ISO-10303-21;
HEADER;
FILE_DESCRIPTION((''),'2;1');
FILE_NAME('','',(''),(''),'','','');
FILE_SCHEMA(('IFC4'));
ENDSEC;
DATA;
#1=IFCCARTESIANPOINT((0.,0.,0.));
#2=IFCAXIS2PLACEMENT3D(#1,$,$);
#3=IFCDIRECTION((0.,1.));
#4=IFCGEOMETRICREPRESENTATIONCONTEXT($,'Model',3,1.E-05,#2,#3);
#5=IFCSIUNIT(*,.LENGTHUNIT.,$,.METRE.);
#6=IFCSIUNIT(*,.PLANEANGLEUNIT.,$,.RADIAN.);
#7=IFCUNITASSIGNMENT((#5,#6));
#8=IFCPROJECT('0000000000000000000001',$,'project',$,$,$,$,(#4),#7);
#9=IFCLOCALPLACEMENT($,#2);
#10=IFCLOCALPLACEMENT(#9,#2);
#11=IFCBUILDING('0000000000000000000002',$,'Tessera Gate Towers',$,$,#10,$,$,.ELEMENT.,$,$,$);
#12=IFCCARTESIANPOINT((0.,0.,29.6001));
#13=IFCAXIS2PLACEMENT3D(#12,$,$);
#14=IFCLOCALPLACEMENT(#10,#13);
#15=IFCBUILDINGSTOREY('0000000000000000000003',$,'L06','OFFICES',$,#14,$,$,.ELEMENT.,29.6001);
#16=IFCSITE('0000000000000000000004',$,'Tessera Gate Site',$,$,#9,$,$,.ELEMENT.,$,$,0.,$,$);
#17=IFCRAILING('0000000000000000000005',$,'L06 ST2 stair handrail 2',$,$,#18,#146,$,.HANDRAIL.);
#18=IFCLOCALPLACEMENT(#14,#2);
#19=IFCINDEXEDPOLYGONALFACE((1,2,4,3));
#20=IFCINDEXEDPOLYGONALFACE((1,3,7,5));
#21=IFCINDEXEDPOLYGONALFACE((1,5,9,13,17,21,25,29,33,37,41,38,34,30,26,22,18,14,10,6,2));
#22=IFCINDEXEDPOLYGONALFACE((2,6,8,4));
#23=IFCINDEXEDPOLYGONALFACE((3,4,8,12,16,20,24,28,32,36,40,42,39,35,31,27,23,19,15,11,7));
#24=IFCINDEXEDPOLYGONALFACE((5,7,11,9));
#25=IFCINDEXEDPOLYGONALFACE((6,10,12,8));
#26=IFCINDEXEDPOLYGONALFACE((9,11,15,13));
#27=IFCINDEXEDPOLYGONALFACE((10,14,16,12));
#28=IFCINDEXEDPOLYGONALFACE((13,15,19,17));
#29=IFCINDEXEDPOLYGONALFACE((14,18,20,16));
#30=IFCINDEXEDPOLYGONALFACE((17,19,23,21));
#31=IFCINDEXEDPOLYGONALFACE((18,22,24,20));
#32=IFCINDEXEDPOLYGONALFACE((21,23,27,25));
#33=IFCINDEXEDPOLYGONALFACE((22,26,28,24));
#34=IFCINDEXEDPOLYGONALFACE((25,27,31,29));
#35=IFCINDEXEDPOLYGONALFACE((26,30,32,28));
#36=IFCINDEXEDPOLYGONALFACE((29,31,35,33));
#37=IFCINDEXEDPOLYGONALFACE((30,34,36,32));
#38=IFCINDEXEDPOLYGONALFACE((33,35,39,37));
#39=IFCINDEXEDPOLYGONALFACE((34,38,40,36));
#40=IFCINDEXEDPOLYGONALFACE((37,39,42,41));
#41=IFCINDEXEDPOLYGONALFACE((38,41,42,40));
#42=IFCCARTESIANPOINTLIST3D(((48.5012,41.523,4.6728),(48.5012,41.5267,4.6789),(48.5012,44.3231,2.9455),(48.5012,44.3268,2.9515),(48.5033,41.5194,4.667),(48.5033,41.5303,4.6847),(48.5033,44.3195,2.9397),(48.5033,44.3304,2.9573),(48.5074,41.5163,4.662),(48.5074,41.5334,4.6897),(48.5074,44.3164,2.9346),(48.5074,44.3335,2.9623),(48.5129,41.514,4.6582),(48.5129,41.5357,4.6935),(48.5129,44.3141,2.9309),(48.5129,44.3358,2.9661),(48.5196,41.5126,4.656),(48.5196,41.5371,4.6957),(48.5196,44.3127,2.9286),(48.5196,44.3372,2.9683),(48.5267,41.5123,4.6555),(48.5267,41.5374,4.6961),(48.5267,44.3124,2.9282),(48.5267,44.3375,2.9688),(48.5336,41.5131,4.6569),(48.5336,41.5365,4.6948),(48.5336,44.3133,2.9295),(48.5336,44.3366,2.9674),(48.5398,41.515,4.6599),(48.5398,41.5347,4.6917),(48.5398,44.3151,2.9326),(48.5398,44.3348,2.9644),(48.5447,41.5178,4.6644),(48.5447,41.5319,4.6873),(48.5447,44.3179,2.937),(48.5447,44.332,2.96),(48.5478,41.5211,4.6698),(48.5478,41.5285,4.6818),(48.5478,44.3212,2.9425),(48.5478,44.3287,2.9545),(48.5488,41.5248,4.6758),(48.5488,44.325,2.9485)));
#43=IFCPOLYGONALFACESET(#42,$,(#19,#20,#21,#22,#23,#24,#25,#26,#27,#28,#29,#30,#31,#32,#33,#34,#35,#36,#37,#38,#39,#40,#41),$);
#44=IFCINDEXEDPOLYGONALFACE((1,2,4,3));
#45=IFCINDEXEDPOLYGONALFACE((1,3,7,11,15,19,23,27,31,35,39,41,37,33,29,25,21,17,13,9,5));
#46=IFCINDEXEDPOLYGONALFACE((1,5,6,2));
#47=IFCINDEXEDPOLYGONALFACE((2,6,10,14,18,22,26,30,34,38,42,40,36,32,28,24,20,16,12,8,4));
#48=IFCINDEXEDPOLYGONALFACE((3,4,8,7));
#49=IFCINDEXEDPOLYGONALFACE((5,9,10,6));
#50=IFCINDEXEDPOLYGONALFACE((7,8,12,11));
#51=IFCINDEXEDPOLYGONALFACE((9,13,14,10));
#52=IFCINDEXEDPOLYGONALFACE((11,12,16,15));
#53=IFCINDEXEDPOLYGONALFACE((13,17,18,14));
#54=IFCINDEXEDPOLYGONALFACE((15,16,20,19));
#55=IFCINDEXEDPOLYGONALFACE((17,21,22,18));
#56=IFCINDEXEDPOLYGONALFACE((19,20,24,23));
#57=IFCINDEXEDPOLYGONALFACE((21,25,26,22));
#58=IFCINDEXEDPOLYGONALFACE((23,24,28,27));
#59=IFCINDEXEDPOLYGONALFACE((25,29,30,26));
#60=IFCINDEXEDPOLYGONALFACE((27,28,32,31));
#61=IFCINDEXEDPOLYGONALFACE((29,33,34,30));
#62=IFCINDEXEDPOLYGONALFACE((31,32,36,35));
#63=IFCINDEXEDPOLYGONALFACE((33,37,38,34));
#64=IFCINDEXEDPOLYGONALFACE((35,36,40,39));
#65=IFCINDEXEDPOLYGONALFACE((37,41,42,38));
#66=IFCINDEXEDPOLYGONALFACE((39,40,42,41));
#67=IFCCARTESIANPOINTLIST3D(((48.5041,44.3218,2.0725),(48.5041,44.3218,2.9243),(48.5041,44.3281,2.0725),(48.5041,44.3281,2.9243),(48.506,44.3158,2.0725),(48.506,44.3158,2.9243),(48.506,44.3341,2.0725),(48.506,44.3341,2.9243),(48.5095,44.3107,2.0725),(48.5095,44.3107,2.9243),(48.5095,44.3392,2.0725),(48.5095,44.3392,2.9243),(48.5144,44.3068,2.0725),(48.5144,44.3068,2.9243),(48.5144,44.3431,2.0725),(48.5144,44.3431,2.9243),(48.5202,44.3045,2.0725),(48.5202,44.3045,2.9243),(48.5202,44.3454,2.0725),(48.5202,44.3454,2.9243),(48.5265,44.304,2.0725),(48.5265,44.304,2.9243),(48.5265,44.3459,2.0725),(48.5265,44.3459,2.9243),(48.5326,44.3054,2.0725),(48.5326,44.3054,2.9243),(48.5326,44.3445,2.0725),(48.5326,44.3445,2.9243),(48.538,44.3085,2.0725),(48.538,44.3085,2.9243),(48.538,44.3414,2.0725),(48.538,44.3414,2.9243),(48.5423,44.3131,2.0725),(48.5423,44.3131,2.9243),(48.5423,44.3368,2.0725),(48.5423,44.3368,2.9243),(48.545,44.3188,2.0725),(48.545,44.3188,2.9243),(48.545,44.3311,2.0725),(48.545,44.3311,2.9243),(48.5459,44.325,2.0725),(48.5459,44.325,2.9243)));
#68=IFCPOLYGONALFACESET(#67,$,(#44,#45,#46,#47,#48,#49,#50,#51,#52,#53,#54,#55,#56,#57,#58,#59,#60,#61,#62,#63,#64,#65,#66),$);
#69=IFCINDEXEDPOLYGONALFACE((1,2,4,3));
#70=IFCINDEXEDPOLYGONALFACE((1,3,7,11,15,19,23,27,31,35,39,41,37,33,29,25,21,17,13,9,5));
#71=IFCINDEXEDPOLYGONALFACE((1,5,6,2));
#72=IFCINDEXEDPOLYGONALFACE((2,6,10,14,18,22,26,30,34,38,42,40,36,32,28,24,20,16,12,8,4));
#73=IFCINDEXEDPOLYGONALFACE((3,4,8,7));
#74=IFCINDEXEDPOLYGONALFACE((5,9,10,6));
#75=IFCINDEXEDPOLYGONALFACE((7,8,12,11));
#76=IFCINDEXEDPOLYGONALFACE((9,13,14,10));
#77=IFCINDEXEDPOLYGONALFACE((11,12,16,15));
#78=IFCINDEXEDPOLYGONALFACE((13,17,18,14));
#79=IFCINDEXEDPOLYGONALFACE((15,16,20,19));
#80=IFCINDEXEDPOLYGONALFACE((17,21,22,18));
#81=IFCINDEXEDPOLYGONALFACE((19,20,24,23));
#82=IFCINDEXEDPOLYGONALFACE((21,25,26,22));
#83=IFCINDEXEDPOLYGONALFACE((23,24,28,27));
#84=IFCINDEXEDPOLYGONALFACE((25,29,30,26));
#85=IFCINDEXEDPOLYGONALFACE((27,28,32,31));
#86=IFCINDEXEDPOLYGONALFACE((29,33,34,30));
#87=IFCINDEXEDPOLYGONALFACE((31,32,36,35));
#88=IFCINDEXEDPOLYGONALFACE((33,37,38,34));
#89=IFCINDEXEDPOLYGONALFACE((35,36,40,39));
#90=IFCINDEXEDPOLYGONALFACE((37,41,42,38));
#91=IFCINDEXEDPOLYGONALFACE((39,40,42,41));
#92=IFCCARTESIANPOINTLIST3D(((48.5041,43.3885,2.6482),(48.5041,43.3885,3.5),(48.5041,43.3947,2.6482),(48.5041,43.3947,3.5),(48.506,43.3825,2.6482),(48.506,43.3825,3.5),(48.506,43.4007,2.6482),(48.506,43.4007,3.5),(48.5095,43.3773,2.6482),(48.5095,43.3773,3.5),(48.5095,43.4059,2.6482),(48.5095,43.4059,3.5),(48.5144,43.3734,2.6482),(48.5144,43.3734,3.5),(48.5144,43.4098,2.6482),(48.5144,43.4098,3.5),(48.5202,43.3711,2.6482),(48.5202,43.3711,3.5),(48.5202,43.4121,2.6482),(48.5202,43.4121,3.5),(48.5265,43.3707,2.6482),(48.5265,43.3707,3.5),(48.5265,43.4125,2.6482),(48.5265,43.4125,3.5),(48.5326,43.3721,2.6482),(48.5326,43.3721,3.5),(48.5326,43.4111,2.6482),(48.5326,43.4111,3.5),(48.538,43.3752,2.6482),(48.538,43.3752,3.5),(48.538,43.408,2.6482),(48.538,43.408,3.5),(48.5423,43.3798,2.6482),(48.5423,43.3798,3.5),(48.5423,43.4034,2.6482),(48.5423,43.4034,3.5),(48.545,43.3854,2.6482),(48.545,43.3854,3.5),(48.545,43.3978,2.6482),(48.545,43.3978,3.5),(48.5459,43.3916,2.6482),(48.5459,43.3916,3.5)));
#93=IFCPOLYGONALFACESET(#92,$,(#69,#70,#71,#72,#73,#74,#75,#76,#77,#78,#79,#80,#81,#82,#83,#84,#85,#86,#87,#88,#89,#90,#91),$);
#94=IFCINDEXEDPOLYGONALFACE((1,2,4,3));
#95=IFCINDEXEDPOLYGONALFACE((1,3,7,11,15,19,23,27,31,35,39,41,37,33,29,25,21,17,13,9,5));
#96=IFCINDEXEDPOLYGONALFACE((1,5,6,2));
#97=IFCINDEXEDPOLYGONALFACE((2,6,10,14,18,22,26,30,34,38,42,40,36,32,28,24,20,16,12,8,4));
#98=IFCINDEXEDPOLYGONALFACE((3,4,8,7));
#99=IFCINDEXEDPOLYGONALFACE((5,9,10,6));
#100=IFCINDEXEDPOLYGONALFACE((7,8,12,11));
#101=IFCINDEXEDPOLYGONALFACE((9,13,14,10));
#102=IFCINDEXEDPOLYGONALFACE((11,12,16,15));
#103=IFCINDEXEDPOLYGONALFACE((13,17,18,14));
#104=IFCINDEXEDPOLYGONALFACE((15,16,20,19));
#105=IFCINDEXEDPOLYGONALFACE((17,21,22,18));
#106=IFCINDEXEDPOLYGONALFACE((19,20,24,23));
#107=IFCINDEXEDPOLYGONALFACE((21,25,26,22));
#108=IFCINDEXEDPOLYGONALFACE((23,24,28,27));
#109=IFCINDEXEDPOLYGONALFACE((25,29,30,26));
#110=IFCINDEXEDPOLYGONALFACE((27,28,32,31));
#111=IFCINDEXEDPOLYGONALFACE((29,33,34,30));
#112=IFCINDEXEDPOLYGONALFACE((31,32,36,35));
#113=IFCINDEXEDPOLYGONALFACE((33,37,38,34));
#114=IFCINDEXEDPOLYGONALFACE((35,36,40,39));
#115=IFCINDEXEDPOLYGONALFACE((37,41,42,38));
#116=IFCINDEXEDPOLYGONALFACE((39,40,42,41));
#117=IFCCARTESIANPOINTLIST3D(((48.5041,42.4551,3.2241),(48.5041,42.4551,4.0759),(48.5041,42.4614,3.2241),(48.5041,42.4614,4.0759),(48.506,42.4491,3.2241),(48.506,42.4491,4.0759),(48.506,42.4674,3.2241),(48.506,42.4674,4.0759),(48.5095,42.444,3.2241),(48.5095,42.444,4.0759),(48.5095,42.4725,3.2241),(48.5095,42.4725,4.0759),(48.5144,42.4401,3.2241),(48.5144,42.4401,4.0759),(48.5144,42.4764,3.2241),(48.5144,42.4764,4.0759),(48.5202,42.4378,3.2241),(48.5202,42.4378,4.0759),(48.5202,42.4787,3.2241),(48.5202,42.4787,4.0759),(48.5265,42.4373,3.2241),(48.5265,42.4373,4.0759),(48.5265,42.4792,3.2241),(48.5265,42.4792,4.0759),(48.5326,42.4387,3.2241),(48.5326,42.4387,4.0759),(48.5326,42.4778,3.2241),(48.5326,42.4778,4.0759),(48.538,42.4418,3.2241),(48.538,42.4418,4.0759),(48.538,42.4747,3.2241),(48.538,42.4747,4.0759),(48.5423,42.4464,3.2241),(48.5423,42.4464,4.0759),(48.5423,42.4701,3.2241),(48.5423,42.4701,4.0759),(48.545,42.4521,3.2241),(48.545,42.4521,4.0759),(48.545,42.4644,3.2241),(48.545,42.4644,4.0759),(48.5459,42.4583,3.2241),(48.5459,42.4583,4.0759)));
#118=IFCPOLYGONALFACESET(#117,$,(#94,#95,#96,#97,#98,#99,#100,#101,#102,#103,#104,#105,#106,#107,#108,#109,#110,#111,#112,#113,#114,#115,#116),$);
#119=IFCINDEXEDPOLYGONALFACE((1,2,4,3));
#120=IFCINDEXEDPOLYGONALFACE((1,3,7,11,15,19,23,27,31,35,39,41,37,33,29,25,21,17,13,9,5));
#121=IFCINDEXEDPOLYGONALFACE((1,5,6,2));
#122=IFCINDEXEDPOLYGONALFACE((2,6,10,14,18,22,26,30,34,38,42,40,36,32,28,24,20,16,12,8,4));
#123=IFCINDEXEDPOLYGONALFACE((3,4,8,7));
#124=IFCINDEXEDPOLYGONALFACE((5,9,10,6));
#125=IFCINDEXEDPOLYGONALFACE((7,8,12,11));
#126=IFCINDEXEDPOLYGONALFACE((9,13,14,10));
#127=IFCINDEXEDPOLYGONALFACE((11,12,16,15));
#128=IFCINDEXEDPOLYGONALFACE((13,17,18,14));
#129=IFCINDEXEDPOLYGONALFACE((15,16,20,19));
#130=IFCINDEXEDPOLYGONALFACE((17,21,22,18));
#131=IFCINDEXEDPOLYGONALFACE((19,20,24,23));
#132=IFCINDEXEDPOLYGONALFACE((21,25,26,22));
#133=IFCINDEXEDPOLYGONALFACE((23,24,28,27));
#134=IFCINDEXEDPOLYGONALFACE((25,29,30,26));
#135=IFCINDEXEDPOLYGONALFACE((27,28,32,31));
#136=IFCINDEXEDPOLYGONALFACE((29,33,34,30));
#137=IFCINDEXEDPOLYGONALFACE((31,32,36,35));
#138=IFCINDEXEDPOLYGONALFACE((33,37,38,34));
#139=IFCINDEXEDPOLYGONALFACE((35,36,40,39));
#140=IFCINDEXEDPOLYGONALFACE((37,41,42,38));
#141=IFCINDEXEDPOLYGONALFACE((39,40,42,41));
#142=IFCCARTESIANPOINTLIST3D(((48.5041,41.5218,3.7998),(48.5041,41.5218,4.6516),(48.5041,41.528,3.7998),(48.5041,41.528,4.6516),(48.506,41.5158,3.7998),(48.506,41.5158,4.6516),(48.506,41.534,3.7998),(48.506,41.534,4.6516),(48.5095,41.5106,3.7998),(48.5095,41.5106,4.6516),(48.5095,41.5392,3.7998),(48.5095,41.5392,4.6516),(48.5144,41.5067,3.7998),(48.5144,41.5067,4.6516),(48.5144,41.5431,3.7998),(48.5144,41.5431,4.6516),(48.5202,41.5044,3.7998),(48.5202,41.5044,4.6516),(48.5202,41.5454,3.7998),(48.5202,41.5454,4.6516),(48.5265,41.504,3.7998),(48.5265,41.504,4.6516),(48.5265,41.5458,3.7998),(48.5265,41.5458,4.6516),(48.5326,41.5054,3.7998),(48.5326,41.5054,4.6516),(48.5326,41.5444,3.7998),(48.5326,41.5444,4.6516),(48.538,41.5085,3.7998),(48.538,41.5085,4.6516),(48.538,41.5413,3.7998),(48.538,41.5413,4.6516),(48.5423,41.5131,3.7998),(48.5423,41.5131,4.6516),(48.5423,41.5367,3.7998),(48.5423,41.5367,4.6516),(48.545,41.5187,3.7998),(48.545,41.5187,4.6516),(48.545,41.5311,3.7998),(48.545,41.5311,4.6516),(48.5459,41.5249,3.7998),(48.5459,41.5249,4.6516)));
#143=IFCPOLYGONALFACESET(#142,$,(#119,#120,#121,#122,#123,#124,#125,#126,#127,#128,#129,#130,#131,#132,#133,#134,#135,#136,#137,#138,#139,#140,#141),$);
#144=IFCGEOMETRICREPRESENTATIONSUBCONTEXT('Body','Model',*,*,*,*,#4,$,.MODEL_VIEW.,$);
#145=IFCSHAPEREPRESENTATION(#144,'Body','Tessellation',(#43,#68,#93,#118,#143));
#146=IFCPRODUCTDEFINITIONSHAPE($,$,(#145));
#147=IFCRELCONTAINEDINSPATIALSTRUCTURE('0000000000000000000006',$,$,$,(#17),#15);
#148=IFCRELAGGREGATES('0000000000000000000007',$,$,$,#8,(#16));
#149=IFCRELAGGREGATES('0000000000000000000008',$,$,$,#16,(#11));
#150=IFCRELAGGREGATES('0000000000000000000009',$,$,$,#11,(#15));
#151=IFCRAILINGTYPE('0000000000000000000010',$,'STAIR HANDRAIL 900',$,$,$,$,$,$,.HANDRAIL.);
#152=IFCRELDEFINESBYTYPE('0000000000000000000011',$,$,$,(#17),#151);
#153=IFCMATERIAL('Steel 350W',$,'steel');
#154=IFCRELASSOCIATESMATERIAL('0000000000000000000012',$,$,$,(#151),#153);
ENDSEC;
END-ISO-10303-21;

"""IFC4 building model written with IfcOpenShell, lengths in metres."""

from ifc_helpers import new_model, si_unit, direction, frame, origin, origin_2d, place, context, subcontext, project, spatial, circle, extrude, material, type_object, element, save


model = new_model("IFC4")

# Units and contexts
model_context = context("Model", 3, precision=1e-05, world=origin(), true_north=direction((0.0, 1.0)))
body_context = subcontext(model_context, "Body", "Model", "MODEL_VIEW")
ifc_project = project(units=[si_unit("LENGTHUNIT", "METRE"), si_unit("PLANEANGLEUNIT", "RADIAN")], contexts=[model_context])

# Site, building, storey
site_placement = place(None, origin())
site = spatial("IfcSite", under=ifc_project, at=site_placement, Name="Tessera Gate Site", CompositionType="ELEMENT", RefElevation=0.0)
building_placement = place(site_placement, origin())
building = spatial("IfcBuilding", under=site, at=building_placement, Name="Tessera Gate Towers", CompositionType="ELEMENT")
storey_placement = place(building_placement, frame((0.0, 0.0, 29.6001)))
storey = spatial("IfcBuildingStorey", under=building, at=storey_placement, Name="L06", Description="OFFICES", CompositionType="ELEMENT", Elevation=29.6001)

# Railing
ifc_material_1 = material(Name="Steel 350W", Category="steel")
railing_type_1 = type_object("IfcRailingType", Name="STAIR HANDRAIL 900", PredefinedType="HANDRAIL", material=ifc_material_1)
railing_1_placement = place(storey_placement, frame((48.5249, 44.325, 2.0725)))
element("IfcRailing", 1, at=railing_1_placement, inside=storey, type_object=railing_type_1, Name="L06 ST2 stair handrail 2", PredefinedType="HANDRAIL", context=body_context, shape_type="SweptSolid", body=[
    extrude(circle(Radius=0.0239, at=origin_2d()), frame((0.0, 0.0, 0.876), z_axis=(0.0, -0.85109, 0.52502), x_axis=(1.0, 0.0, 0.0)), (0.0, 0.0, 1.0), 3.29),
    extrude(circle(Radius=0.021, at=origin_2d()), origin(), (0.0, 0.0, 1.0), 0.8518),
    extrude(circle(Radius=0.021, at=origin_2d()), frame((0.0, -0.9333, 0.5757)), (0.0, 0.0, 1.0), 0.8518),
    extrude(circle(Radius=0.021, at=origin_2d()), frame((0.0, -1.8667, 1.1516)), (0.0, 0.0, 1.0), 0.8518),
    extrude(circle(Radius=0.021, at=origin_2d()), frame((0.0, -2.8, 1.7273)), (0.0, 0.0, 1.0), 0.8518),
])

save(model, "model.ifc")
